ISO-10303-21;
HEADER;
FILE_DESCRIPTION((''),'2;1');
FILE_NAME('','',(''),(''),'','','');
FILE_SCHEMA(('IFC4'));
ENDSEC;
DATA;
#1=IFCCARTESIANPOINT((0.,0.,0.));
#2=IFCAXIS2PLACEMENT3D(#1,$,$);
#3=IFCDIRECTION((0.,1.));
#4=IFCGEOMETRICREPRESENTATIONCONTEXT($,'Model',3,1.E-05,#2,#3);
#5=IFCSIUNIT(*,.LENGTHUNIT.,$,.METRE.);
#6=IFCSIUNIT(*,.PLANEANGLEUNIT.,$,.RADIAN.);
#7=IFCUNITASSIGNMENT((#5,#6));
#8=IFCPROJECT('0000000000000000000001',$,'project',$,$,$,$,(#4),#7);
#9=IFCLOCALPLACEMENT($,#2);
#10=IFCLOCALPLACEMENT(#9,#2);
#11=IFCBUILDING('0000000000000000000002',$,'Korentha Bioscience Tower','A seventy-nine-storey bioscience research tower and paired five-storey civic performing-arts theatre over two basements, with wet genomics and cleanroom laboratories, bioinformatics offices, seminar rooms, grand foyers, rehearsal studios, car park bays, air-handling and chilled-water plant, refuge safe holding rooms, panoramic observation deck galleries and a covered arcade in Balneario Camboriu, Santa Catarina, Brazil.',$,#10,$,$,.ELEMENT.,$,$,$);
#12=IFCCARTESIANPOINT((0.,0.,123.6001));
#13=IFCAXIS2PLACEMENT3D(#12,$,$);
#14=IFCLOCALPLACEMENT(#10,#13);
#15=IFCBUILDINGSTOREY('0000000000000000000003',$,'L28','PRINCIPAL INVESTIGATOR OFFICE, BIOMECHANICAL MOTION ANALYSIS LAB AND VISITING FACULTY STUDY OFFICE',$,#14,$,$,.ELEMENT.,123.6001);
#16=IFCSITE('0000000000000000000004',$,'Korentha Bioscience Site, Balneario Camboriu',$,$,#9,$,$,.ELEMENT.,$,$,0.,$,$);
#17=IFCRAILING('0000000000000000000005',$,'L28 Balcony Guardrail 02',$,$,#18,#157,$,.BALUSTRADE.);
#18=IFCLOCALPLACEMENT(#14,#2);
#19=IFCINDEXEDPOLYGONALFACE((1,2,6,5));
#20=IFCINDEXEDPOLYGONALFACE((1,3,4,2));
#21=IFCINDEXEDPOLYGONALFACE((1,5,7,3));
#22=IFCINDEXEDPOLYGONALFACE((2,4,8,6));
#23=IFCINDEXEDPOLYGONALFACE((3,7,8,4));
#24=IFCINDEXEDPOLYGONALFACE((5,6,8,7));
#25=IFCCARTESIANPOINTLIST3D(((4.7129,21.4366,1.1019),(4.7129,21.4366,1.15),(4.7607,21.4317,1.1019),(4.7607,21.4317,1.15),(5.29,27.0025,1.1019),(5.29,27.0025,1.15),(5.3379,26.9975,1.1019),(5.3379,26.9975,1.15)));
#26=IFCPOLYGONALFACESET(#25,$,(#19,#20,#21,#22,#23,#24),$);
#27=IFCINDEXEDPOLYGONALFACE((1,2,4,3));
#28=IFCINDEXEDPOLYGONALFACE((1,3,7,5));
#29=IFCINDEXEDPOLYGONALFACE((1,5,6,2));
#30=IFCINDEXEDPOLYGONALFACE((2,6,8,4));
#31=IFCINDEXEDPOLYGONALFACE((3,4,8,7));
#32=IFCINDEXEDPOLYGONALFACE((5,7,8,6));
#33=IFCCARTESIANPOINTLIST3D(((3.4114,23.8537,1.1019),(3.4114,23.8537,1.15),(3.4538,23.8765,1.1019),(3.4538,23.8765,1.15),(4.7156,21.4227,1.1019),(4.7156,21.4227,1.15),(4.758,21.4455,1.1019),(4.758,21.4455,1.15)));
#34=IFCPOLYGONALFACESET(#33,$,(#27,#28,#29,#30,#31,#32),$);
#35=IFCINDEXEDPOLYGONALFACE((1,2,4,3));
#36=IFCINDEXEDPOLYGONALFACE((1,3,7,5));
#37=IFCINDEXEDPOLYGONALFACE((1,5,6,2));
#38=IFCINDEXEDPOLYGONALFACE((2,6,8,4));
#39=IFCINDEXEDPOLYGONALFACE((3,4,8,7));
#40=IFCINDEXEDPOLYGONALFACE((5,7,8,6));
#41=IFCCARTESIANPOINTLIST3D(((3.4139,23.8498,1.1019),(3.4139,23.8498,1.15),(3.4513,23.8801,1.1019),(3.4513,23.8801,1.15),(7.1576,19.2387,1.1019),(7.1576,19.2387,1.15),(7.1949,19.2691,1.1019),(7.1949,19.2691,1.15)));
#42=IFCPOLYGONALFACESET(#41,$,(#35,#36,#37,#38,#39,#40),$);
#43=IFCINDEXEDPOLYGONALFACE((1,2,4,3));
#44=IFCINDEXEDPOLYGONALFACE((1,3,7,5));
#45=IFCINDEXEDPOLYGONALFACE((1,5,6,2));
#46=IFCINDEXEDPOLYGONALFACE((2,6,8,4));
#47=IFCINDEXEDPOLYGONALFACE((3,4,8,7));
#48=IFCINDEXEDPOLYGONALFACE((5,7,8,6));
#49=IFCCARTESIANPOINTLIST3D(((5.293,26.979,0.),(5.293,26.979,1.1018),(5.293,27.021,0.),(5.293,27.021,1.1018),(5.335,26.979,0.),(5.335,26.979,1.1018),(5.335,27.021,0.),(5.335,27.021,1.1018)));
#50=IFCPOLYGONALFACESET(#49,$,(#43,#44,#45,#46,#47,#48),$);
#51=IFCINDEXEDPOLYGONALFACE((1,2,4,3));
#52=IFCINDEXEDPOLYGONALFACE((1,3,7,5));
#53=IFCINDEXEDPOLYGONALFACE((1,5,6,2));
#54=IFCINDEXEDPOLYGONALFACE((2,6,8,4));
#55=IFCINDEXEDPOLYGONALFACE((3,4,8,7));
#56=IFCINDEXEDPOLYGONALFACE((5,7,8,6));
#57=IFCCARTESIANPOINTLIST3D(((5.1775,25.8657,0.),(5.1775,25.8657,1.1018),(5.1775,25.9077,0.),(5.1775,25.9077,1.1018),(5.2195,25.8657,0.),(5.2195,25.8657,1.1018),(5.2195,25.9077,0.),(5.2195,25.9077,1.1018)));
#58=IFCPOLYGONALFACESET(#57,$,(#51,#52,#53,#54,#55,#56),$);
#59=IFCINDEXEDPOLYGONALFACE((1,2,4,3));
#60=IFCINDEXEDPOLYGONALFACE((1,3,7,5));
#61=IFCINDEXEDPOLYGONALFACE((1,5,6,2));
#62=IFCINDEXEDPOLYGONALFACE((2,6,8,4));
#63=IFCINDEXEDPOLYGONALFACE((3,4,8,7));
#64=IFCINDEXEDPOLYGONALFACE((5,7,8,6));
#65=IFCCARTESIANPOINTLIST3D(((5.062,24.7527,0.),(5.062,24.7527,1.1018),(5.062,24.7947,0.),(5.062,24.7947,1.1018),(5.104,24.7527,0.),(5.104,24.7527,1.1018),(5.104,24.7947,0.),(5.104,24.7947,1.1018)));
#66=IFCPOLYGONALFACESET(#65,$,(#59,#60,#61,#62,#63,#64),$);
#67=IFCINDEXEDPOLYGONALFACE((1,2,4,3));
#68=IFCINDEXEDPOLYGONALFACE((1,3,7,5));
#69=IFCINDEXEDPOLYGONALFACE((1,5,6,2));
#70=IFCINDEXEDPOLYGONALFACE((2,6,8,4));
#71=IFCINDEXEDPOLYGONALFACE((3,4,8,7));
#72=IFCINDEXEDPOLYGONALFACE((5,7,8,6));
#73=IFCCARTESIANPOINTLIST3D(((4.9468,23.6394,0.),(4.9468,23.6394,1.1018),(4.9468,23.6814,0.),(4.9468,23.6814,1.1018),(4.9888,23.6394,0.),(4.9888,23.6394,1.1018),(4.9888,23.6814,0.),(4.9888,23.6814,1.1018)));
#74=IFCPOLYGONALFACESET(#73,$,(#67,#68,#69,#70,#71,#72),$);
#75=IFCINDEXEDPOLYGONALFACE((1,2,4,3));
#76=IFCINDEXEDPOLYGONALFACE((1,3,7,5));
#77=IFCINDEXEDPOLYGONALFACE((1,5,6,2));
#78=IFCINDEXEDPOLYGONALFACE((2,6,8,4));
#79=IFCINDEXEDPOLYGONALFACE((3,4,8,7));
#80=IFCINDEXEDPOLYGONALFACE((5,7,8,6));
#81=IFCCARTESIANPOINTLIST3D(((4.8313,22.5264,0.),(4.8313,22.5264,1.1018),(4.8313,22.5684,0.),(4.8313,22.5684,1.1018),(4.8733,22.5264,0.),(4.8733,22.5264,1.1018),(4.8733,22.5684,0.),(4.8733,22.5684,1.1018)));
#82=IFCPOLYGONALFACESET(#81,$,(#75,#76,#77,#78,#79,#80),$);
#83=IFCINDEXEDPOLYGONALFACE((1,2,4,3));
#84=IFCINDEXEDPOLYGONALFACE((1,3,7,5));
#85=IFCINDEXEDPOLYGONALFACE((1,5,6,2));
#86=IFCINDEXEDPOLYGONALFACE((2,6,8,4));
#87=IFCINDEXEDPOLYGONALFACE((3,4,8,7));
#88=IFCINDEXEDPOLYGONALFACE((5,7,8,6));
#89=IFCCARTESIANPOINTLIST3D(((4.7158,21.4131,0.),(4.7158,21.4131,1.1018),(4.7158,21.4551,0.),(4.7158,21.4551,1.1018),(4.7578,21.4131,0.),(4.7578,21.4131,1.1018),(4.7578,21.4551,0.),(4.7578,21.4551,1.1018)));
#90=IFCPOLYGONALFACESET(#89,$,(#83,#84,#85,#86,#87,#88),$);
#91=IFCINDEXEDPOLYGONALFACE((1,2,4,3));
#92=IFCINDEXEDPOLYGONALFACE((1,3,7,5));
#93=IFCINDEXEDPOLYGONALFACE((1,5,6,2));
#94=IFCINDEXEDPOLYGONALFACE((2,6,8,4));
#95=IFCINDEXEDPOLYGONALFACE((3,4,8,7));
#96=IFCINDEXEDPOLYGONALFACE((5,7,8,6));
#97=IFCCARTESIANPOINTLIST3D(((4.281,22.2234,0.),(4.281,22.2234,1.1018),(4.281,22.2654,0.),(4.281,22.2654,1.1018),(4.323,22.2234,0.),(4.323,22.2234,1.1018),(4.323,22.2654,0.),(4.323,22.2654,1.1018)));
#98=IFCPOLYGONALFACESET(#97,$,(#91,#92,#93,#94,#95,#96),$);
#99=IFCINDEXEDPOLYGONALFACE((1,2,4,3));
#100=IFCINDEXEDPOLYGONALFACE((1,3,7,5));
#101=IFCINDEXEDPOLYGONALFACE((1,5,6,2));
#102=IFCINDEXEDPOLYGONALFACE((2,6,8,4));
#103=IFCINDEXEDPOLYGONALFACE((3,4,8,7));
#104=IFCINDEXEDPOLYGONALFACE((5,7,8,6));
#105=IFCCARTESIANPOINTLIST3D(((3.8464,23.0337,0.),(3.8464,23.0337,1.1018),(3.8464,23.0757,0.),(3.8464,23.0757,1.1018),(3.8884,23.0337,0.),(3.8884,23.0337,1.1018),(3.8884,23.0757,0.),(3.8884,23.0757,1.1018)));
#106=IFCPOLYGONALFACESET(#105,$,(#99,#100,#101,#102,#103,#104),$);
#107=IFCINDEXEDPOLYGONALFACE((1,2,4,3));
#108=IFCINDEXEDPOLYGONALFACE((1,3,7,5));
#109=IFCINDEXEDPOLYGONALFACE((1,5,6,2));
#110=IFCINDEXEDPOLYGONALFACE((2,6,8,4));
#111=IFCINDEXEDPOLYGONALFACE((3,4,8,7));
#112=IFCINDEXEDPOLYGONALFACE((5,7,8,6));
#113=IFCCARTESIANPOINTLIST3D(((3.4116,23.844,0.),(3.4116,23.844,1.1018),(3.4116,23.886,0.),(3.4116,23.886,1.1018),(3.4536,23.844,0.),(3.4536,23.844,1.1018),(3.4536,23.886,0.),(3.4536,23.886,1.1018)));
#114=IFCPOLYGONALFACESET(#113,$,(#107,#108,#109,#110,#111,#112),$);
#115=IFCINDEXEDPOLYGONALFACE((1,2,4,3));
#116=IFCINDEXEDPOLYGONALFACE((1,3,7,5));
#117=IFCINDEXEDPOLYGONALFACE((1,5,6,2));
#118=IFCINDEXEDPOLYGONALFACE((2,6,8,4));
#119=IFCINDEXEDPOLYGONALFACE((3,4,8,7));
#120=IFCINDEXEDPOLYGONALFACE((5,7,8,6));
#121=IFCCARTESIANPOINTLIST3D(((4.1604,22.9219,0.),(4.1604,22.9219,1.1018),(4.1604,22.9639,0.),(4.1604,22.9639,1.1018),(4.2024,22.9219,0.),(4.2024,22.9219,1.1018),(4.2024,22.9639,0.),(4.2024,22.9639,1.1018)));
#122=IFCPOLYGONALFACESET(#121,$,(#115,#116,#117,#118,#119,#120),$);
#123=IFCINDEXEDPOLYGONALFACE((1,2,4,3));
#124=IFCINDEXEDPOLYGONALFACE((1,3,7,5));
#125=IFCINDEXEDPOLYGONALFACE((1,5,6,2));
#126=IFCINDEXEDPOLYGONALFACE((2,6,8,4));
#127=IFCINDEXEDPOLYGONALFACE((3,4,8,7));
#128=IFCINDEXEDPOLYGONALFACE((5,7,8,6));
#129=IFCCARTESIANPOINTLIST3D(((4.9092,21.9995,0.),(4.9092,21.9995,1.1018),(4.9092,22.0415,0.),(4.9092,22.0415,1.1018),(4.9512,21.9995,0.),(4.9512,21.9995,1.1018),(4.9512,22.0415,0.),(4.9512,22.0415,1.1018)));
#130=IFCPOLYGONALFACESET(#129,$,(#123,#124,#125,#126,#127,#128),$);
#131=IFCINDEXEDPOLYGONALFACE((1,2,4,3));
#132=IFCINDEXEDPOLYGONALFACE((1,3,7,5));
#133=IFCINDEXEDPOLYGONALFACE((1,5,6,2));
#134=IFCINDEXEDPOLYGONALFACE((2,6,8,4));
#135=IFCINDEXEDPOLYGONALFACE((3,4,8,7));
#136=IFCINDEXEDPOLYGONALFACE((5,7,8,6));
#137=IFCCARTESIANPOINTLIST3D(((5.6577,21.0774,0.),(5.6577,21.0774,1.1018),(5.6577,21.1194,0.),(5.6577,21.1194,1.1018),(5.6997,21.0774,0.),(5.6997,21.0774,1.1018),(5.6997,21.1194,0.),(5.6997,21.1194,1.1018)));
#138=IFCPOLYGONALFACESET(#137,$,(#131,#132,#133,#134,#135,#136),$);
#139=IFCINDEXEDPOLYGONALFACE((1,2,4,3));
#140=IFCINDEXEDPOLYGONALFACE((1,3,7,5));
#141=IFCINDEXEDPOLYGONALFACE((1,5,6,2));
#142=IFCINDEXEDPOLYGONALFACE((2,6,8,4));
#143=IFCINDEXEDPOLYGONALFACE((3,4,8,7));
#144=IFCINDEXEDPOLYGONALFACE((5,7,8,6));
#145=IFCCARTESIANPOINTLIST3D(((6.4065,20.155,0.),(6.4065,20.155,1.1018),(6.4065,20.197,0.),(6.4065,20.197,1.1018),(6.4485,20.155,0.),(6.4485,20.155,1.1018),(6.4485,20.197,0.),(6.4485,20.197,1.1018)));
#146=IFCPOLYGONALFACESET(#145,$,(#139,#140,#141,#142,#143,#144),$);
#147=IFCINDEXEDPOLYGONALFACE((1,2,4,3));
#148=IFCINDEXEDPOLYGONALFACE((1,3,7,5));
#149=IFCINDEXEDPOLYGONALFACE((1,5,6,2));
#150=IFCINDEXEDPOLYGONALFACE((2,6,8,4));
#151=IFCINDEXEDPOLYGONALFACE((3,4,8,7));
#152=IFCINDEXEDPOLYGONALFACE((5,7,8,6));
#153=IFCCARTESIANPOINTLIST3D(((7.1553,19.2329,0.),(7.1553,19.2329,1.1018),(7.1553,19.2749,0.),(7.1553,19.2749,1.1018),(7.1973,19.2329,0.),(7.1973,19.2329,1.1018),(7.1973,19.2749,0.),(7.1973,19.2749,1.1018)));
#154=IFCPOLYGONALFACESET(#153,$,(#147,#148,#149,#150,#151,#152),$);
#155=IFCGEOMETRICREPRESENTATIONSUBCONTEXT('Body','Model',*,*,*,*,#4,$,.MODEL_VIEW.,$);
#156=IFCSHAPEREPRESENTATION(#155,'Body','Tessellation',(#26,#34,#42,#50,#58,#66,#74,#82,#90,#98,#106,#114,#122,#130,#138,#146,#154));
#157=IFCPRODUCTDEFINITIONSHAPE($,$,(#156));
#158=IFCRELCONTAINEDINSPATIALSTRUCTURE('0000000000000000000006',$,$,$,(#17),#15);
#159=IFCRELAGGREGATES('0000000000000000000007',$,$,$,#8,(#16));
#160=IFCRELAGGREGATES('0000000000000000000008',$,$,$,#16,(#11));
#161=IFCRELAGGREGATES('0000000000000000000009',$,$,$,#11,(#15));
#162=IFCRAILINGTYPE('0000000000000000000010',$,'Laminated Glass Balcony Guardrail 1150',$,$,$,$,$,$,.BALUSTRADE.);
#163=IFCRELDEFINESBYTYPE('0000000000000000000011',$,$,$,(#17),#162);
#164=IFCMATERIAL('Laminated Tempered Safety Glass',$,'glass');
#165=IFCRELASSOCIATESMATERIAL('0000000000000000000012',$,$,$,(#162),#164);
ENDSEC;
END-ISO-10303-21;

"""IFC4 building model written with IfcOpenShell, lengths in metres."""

from ifc_helpers import new_model, si_unit, direction, frame, origin, origin_2d, place, context, subcontext, project, spatial, rectangle, extrude, material, type_object, element, save


model = new_model("IFC4")

# Units and contexts
model_context = context("Model", 3, precision=1e-05, world=origin(), true_north=direction((0.0, 1.0)))
body_context = subcontext(model_context, "Body", "Model", "MODEL_VIEW")
ifc_project = project(units=[si_unit("LENGTHUNIT", "METRE"), si_unit("PLANEANGLEUNIT", "RADIAN")], contexts=[model_context])

# Site, building, storey
site_placement = place(None, origin())
site = spatial("IfcSite", under=ifc_project, at=site_placement, Name="Korentha Bioscience Site, Balneario Camboriu", CompositionType="ELEMENT", RefElevation=0.0)
building_placement = place(site_placement, origin())
building = spatial("IfcBuilding", under=site, at=building_placement, Name="Korentha Bioscience Tower", Description="A seventy-nine-storey bioscience research tower and paired five-storey civic performing-arts theatre over two basements, with wet genomics and cleanroom laboratories, bioinformatics offices, seminar rooms, grand foyers, rehearsal studios, car park bays, air-handling and chilled-water plant, refuge safe holding rooms, panoramic observation deck galleries and a covered arcade in Balneario Camboriu, Santa Catarina, Brazil.", CompositionType="ELEMENT")
storey_placement = place(building_placement, frame((0.0, 0.0, 123.6001)))
storey = spatial("IfcBuildingStorey", under=building, at=storey_placement, Name="L28", Description="PRINCIPAL INVESTIGATOR OFFICE, BIOMECHANICAL MOTION ANALYSIS LAB AND VISITING FACULTY STUDY OFFICE", CompositionType="ELEMENT", Elevation=123.6001)

# Railing
ifc_material_1 = material(Name="Laminated Tempered Safety Glass", Category="glass")
railing_type = type_object("IfcRailingType", Name="Laminated Glass Balcony Guardrail 1150", PredefinedType="BALUSTRADE", material=ifc_material_1)
railing_placement = place(storey_placement, frame((5.314, 27.0, 0.0)))
element("IfcRailing", 1, at=railing_placement, inside=storey, type_object=railing_type, Name="L28 Balcony Guardrail 02", PredefinedType="BALUSTRADE", context=body_context, shape_type="SweptSolid", body=[
    extrude(rectangle(XDim=0.0481, YDim=0.0481, at=origin_2d()), frame((0.0, 0.0, 1.126), z_axis=(-0.10314, -0.994667, 0.0), x_axis=(0.994667, -0.10314, 0.0)), (0.0, 0.0, 1.0), 5.5957),
    extrude(rectangle(XDim=0.0481, YDim=0.0481, at=origin_2d()), frame((-0.5771, -5.5659, 1.126), z_axis=(-0.472764, 0.881189, 0.0), x_axis=(-0.881189, -0.472764, 0.0)), (0.0, 0.0, 1.0), 2.7588),
    extrude(rectangle(XDim=0.0481, YDim=0.0481, at=origin_2d()), frame((-1.8813, -3.135, 1.126), z_axis=(0.630303, -0.776349, 0.0), x_axis=(0.776349, 0.630303, 0.0)), (0.0, 0.0, 1.0), 5.9395),
    extrude(rectangle(XDim=0.042, YDim=0.042, at=origin_2d()), origin(), (0.0, 0.0, 1.0), 1.1018),
    extrude(rectangle(XDim=0.042, YDim=0.042, at=origin_2d()), frame((-0.1155, -1.1133, 0.0)), (0.0, 0.0, 1.0), 1.1018),
    extrude(rectangle(XDim=0.042, YDim=0.042, at=origin_2d()), frame((-0.231, -2.2263, 0.0)), (0.0, 0.0, 1.0), 1.1018),
    extrude(rectangle(XDim=0.042, YDim=0.042, at=origin_2d()), frame((-0.3462, -3.3396, 0.0)), (0.0, 0.0, 1.0), 1.1018),
    extrude(rectangle(XDim=0.042, YDim=0.042, at=origin_2d()), frame((-0.4617, -4.4526, 0.0)), (0.0, 0.0, 1.0), 1.1018),
    extrude(rectangle(XDim=0.042, YDim=0.042, at=origin_2d()), frame((-0.5771, -5.5659, 0.0)), (0.0, 0.0, 1.0), 1.1018),
    extrude(rectangle(XDim=0.042, YDim=0.042, at=origin_2d()), frame((-1.012, -4.7556, 0.0)), (0.0, 0.0, 1.0), 1.1018),
    extrude(rectangle(XDim=0.042, YDim=0.042, at=origin_2d()), frame((-1.4465, -3.9453, 0.0)), (0.0, 0.0, 1.0), 1.1018),
    extrude(rectangle(XDim=0.042, YDim=0.042, at=origin_2d()), frame((-1.8813, -3.135, 0.0)), (0.0, 0.0, 1.0), 1.1018),
    extrude(rectangle(XDim=0.042, YDim=0.042, at=origin_2d()), frame((-1.1326, -4.0571, 0.0)), (0.0, 0.0, 1.0), 1.1018),
    extrude(rectangle(XDim=0.042, YDim=0.042, at=origin_2d()), frame((-0.3838, -4.9795, 0.0)), (0.0, 0.0, 1.0), 1.1018),
    extrude(rectangle(XDim=0.042, YDim=0.042, at=origin_2d()), frame((0.3647, -5.9016, 0.0)), (0.0, 0.0, 1.0), 1.1018),
    extrude(rectangle(XDim=0.042, YDim=0.042, at=origin_2d()), frame((1.1135, -6.824, 0.0)), (0.0, 0.0, 1.0), 1.1018),
    extrude(rectangle(XDim=0.042, YDim=0.042, at=origin_2d()), frame((1.8623, -7.7461, 0.0)), (0.0, 0.0, 1.0), 1.1018),
])

save(model, "model.ifc")
